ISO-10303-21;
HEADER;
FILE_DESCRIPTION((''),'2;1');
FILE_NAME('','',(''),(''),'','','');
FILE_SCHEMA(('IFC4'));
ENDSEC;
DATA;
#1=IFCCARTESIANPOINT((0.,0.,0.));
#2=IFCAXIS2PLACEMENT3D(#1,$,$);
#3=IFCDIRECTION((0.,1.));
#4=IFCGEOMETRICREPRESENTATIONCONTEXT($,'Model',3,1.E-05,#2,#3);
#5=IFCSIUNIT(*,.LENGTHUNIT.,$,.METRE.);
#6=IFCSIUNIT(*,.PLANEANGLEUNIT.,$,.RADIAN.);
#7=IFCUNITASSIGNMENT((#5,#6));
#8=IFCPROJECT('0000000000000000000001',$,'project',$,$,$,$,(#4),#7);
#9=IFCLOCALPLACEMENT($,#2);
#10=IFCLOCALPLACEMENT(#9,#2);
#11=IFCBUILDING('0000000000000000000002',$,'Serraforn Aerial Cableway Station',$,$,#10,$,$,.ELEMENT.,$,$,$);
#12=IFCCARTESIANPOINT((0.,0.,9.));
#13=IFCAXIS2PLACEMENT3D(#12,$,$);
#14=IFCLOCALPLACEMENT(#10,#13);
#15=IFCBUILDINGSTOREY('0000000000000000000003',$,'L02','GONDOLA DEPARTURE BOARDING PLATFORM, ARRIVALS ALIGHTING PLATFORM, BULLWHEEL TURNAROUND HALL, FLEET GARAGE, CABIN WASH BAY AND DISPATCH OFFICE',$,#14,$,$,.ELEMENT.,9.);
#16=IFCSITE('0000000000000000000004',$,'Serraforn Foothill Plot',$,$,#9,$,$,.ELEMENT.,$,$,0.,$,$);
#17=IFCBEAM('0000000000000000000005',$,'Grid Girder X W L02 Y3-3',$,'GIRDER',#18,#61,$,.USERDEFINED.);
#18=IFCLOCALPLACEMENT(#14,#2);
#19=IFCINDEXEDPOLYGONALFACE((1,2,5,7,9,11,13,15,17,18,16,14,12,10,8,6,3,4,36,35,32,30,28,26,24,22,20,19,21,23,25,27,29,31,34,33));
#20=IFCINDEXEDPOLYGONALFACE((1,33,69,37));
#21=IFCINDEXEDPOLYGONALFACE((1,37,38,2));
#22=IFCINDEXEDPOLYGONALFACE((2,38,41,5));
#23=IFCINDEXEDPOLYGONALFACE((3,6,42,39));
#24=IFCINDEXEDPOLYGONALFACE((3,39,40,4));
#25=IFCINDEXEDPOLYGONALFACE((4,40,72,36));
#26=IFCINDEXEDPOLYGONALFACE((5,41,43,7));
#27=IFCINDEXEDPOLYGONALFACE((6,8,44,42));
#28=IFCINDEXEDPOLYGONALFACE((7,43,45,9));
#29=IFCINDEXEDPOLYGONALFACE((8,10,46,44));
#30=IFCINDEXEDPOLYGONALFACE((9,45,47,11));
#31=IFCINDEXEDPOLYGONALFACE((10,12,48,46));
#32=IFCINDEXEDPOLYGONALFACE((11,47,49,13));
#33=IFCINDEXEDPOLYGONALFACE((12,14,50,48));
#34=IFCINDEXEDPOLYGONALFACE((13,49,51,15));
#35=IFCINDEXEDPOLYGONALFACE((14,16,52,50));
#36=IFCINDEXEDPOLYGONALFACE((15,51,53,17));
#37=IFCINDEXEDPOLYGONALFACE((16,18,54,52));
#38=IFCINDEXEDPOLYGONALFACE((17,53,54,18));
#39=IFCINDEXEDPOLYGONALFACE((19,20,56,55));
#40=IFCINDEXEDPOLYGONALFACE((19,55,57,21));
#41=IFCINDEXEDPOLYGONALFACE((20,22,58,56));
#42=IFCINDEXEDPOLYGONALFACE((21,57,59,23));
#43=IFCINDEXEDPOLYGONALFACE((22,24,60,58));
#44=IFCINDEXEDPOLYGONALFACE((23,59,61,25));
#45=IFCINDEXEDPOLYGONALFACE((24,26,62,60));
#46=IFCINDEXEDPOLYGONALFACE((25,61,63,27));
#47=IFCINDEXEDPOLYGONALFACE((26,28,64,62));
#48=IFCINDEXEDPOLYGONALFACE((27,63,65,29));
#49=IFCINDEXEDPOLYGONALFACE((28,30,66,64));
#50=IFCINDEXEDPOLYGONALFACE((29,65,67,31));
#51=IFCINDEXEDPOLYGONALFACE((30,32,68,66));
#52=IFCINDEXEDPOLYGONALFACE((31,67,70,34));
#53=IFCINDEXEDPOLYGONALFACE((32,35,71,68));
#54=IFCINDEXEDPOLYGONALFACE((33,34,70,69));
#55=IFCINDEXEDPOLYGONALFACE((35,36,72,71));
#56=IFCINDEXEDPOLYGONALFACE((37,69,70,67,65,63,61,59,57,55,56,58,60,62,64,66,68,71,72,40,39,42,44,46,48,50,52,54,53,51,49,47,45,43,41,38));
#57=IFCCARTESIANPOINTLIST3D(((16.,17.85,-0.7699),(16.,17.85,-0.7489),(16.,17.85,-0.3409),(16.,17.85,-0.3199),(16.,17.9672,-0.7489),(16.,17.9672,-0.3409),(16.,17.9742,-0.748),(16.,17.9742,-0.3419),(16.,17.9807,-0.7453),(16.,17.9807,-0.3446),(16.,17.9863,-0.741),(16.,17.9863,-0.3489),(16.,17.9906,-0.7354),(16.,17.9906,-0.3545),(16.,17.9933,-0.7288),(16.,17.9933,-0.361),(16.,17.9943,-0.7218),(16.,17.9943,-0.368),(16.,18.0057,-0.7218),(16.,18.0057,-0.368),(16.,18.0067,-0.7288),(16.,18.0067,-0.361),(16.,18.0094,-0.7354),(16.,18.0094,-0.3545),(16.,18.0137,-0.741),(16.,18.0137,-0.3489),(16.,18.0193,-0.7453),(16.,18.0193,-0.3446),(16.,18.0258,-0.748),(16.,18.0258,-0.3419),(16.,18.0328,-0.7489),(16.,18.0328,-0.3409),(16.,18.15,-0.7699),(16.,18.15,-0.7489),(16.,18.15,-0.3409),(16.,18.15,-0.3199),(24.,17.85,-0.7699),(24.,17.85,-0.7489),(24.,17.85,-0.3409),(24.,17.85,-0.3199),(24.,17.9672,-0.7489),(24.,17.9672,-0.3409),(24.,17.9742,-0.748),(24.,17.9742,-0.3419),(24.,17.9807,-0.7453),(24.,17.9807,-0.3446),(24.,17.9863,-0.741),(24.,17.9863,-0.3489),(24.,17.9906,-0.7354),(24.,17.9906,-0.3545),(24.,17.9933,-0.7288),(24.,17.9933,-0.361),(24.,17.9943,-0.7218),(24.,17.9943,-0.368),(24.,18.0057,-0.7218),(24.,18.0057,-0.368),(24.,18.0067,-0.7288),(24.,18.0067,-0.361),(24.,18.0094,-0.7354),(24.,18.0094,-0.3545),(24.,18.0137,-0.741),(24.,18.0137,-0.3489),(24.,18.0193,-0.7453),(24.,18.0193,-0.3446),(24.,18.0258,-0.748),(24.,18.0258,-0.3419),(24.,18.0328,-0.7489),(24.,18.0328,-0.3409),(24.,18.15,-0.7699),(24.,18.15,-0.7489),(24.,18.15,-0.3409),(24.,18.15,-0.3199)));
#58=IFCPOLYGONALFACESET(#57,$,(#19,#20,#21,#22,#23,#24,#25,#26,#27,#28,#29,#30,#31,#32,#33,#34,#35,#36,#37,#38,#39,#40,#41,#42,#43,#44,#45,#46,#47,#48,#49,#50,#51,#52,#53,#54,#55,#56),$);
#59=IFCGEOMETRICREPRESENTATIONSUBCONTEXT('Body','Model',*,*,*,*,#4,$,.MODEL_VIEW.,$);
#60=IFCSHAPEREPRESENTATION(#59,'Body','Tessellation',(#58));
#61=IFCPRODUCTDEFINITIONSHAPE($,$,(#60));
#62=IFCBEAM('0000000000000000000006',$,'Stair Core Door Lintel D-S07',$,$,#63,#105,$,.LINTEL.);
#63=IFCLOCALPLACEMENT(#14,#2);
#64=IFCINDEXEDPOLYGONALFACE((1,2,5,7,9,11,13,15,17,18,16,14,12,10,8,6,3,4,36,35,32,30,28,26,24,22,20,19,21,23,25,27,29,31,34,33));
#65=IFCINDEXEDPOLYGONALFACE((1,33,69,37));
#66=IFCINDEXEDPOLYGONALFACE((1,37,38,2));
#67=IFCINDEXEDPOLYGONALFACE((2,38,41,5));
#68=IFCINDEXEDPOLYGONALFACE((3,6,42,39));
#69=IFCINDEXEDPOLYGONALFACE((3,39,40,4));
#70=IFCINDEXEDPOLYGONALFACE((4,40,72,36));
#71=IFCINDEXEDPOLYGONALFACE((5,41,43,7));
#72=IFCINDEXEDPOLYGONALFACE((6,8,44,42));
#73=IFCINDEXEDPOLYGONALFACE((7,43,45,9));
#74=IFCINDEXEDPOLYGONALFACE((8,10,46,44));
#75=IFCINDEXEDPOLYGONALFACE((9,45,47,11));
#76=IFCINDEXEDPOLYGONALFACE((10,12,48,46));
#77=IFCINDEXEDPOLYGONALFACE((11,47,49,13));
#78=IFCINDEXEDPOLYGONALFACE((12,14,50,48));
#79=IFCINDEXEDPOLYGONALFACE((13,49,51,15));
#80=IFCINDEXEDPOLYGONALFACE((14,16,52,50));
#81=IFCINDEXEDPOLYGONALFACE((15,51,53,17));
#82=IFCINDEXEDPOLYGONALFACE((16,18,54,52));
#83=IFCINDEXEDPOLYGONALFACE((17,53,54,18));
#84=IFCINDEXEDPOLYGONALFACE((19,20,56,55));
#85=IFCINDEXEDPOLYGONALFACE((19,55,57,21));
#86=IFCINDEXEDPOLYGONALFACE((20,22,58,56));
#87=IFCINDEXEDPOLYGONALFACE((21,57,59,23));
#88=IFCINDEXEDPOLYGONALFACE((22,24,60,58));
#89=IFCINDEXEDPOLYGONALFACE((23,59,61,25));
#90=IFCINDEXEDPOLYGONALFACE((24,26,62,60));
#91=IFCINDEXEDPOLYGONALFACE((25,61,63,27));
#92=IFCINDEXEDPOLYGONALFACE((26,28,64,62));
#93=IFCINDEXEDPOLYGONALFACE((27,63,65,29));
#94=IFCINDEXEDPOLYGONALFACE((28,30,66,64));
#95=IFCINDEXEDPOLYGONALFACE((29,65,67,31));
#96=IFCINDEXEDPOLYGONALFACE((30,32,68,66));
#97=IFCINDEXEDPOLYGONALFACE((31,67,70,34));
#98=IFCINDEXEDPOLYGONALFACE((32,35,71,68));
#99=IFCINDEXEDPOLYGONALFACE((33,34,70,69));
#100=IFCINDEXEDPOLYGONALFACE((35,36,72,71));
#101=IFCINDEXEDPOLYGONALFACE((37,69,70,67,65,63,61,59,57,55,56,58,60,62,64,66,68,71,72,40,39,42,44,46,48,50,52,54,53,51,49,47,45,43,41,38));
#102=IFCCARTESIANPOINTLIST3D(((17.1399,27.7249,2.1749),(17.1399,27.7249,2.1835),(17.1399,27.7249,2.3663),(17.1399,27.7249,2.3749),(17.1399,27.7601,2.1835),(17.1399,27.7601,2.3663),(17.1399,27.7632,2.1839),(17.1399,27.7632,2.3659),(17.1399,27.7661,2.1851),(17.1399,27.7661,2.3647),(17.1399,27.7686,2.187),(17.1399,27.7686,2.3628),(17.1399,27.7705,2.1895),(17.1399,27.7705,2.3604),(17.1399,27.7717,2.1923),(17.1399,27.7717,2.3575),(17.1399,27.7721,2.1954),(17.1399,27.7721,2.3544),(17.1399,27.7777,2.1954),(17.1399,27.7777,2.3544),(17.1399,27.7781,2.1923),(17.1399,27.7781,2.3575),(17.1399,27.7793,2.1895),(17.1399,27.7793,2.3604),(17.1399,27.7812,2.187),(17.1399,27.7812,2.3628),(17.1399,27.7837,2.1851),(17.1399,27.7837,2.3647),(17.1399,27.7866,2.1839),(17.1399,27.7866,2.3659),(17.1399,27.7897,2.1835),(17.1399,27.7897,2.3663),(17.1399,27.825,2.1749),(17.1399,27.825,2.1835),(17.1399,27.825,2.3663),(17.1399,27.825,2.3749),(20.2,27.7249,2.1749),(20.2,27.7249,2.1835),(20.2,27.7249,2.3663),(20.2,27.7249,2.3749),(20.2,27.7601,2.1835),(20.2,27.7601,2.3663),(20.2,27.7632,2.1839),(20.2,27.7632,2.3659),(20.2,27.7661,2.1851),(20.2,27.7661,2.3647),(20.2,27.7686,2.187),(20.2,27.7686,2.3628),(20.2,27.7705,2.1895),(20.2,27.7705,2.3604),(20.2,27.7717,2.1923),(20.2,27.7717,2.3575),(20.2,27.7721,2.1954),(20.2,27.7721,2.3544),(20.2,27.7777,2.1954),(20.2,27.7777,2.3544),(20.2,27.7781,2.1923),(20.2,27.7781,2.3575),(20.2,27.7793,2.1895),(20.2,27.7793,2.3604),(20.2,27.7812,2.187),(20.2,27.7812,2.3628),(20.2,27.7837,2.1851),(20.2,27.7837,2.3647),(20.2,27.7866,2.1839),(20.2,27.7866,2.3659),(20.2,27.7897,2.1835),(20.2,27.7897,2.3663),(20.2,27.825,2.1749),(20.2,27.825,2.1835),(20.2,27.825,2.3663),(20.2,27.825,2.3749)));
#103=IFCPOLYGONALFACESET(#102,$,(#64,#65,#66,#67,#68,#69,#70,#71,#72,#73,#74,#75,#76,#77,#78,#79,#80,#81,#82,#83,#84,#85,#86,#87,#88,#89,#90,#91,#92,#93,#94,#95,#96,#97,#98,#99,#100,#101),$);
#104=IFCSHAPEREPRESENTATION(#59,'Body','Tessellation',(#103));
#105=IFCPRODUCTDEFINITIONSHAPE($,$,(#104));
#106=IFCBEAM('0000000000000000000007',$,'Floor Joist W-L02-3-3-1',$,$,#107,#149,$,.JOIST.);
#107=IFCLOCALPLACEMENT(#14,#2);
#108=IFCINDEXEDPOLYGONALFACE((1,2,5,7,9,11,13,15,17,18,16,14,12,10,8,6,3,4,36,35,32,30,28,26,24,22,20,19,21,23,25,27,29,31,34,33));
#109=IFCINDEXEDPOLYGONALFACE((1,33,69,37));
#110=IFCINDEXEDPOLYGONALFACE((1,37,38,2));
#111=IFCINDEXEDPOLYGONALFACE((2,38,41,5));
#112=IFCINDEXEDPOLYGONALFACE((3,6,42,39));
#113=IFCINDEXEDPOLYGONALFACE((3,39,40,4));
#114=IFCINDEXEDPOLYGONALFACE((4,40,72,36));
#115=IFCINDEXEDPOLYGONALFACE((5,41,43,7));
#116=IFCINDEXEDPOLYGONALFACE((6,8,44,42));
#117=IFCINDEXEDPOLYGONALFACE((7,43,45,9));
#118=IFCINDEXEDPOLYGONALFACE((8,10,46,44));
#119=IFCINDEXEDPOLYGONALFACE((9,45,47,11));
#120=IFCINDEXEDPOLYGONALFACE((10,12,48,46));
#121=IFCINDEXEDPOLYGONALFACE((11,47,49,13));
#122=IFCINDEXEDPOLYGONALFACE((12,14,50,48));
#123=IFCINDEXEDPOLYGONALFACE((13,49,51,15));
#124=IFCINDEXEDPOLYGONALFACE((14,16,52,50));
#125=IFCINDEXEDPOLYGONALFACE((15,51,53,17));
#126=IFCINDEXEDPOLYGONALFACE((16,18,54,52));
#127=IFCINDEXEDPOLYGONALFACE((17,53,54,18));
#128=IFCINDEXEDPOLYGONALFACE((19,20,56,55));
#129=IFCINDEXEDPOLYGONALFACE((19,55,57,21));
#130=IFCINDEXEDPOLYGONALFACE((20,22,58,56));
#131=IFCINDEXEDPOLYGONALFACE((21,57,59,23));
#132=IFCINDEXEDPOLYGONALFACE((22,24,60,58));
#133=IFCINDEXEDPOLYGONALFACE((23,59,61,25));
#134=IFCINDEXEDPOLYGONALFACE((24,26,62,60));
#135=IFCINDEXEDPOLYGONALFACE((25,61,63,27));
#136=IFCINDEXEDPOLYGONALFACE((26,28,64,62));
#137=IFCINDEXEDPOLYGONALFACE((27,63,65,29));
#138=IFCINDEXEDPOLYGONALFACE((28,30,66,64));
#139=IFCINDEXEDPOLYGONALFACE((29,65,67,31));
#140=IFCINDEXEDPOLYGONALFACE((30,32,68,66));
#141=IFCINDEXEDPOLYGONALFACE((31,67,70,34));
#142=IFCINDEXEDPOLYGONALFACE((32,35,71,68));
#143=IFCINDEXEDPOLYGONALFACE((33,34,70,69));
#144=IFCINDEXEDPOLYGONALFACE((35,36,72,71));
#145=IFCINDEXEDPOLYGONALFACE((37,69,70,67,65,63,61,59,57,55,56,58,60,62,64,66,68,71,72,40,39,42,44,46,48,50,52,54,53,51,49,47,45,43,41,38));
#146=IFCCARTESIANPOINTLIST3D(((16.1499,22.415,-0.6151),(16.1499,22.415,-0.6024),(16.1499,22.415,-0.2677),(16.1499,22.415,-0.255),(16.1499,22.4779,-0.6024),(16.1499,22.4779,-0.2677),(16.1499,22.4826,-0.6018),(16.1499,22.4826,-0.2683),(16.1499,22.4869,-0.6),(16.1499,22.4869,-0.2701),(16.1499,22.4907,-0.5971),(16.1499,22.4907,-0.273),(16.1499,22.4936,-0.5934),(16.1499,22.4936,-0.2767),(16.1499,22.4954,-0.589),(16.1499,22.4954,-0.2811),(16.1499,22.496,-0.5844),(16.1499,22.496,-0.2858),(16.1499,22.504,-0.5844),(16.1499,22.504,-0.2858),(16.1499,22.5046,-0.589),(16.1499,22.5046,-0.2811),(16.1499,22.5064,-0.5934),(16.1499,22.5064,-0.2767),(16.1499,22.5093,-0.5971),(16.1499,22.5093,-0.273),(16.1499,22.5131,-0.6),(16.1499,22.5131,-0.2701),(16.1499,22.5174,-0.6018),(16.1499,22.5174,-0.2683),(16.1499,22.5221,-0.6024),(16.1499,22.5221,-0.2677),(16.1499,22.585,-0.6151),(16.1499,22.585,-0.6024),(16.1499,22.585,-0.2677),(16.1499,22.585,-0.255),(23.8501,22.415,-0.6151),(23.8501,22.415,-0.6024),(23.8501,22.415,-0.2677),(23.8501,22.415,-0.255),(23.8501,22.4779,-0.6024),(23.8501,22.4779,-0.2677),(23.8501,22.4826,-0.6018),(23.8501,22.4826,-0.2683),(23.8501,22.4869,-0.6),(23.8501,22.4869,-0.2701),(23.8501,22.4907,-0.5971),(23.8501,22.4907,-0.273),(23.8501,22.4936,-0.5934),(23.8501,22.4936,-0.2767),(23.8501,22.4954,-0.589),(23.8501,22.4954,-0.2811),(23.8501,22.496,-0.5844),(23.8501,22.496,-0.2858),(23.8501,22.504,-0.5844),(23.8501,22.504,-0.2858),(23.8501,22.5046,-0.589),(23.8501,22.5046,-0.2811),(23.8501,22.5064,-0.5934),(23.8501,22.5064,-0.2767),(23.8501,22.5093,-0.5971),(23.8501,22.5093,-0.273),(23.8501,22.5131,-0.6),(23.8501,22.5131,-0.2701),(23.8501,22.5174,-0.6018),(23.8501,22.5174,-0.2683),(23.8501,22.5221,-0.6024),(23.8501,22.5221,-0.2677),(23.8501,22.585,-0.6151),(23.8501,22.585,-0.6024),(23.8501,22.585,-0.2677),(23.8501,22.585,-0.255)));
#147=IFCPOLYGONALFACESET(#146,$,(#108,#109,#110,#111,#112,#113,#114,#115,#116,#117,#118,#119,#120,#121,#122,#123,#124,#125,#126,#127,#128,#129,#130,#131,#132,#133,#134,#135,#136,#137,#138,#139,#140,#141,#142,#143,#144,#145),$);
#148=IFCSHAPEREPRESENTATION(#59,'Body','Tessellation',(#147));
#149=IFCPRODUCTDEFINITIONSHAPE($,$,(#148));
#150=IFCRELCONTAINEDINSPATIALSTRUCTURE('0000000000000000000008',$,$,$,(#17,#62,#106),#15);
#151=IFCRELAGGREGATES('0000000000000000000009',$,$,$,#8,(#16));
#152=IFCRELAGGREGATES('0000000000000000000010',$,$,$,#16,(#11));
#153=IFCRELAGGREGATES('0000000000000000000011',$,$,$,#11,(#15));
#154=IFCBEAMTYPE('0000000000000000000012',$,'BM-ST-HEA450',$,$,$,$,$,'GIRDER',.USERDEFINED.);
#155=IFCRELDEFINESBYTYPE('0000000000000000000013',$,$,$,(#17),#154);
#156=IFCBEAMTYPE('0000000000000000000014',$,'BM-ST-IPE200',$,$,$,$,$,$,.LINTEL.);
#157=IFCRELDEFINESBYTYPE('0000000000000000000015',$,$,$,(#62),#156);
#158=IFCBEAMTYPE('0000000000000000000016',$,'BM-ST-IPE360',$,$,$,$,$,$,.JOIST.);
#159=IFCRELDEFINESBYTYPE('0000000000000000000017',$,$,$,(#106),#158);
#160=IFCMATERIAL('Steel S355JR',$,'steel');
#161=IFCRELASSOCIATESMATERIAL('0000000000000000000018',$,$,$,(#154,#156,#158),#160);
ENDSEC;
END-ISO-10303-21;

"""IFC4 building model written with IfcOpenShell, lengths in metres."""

from ifc_helpers import new_model, si_unit, direction, frame, origin, origin_2d, place, context, subcontext, project, spatial, i_section, extrude, material, material_profile, profile_set, type_object, element, save


model = new_model("IFC4")

# Units and contexts
model_context = context("Model", 3, precision=1e-05, world=origin(), true_north=direction((0.0, 1.0)))
body_context = subcontext(model_context, "Body", "Model", "MODEL_VIEW")
ifc_project = project(units=[si_unit("LENGTHUNIT", "METRE"), si_unit("PLANEANGLEUNIT", "RADIAN")], contexts=[model_context])

# Site, building, storey
site_placement = place(None, origin())
site = spatial("IfcSite", under=ifc_project, at=site_placement, Name="Serraforn Foothill Plot", CompositionType="ELEMENT", RefElevation=0.0)
building_placement = place(site_placement, origin())
building = spatial("IfcBuilding", under=site, at=building_placement, Name="Serraforn Aerial Cableway Station", CompositionType="ELEMENT")
storey_placement = place(building_placement, frame((0.0, 0.0, 9.0)))
storey = spatial("IfcBuildingStorey", under=building, at=storey_placement, Name="L02", Description="GONDOLA DEPARTURE BOARDING PLATFORM, ARRIVALS ALIGHTING PLATFORM, BULLWHEEL TURNAROUND HALL, FLEET GARAGE, CABIN WASH BAY AND DISPATCH OFFICE", CompositionType="ELEMENT", Elevation=9.0)

# Beams
ifc_material_1 = material(Name="Steel S355JR", Category="steel")
ifc_material_profile_1 = material_profile(ifc_material_1, i_section(OverallWidth=0.3, OverallDepth=0.45, WebThickness=0.0115, FlangeThickness=0.021, FilletRadius=0.0271, at=origin_2d()), Name="HEA 450")
ifc_profile_set_1 = profile_set([ifc_material_profile_1], Name="Steel S355JR")
beam_type_1 = type_object("IfcBeamType", Name="BM-ST-HEA450", ElementType="GIRDER", PredefinedType="USERDEFINED", material=ifc_profile_set_1)
beam_1_placement = place(storey_placement, frame((16.0, 18.0, -0.5449), z_axis=(1.0, 0.0, 0.0), x_axis=(0.0, 1.0, 0.0)))
element("IfcBeam", 1, at=beam_1_placement, inside=storey, type_object=beam_type_1, Name="Grid Girder X W L02 Y3-3", ObjectType="GIRDER", PredefinedType="USERDEFINED", context=body_context, shape_type="SweptSolid", body=[
    extrude(i_section(OverallWidth=0.3, OverallDepth=0.45, WebThickness=0.0115, FlangeThickness=0.021, FilletRadius=0.0271, at=origin_2d()), origin(), (0.0, 0.0, 1.0), 8.0),
])
ifc_material_profile_2 = material_profile(ifc_material_1, i_section(OverallWidth=0.1001, OverallDepth=0.2, WebThickness=0.0056, FlangeThickness=0.0085, FilletRadius=0.012, at=origin_2d()), Name="IPE 200")
ifc_profile_set_2 = profile_set([ifc_material_profile_2], Name="Steel S355JR")
beam_type_2 = type_object("IfcBeamType", Name="BM-ST-IPE200", PredefinedType="LINTEL", material=ifc_profile_set_2)
beam_2_placement = place(storey_placement, frame((20.2, 27.7749, 2.2749), z_axis=(-1.0, 0.0, 0.0), x_axis=(0.0, -1.0, 0.0)))
element("IfcBeam", 2, at=beam_2_placement, inside=storey, type_object=beam_type_2, Name="Stair Core Door Lintel D-S07", PredefinedType="LINTEL", context=body_context, shape_type="SweptSolid", body=[
    extrude(i_section(OverallWidth=0.1001, OverallDepth=0.2, WebThickness=0.0056, FlangeThickness=0.0085, FilletRadius=0.012, at=origin_2d()), origin(), (0.0, 0.0, 1.0), 3.0601),
])
ifc_material_profile_3 = material_profile(ifc_material_1, i_section(OverallWidth=0.1699, OverallDepth=0.3601, WebThickness=0.0081, FlangeThickness=0.0127, FilletRadius=0.0181, at=origin_2d()), Name="IPE 360")
ifc_profile_set_3 = profile_set([ifc_material_profile_3], Name="Steel S355JR")
beam_type_3 = type_object("IfcBeamType", Name="BM-ST-IPE360", PredefinedType="JOIST", material=ifc_profile_set_3)
beam_3_placement = place(storey_placement, frame((16.1499, 22.5, -0.4351), z_axis=(1.0, 0.0, 0.0), x_axis=(0.0, 1.0, 0.0)))
element("IfcBeam", 3, at=beam_3_placement, inside=storey, type_object=beam_type_3, Name="Floor Joist W-L02-3-3-1", PredefinedType="JOIST", context=body_context, shape_type="SweptSolid", body=[
    extrude(i_section(OverallWidth=0.1699, OverallDepth=0.3601, WebThickness=0.0081, FlangeThickness=0.0127, FilletRadius=0.0181, at=origin_2d()), origin(), (0.0, 0.0, 1.0), 7.7002),
])

save(model, "model.ifc")
